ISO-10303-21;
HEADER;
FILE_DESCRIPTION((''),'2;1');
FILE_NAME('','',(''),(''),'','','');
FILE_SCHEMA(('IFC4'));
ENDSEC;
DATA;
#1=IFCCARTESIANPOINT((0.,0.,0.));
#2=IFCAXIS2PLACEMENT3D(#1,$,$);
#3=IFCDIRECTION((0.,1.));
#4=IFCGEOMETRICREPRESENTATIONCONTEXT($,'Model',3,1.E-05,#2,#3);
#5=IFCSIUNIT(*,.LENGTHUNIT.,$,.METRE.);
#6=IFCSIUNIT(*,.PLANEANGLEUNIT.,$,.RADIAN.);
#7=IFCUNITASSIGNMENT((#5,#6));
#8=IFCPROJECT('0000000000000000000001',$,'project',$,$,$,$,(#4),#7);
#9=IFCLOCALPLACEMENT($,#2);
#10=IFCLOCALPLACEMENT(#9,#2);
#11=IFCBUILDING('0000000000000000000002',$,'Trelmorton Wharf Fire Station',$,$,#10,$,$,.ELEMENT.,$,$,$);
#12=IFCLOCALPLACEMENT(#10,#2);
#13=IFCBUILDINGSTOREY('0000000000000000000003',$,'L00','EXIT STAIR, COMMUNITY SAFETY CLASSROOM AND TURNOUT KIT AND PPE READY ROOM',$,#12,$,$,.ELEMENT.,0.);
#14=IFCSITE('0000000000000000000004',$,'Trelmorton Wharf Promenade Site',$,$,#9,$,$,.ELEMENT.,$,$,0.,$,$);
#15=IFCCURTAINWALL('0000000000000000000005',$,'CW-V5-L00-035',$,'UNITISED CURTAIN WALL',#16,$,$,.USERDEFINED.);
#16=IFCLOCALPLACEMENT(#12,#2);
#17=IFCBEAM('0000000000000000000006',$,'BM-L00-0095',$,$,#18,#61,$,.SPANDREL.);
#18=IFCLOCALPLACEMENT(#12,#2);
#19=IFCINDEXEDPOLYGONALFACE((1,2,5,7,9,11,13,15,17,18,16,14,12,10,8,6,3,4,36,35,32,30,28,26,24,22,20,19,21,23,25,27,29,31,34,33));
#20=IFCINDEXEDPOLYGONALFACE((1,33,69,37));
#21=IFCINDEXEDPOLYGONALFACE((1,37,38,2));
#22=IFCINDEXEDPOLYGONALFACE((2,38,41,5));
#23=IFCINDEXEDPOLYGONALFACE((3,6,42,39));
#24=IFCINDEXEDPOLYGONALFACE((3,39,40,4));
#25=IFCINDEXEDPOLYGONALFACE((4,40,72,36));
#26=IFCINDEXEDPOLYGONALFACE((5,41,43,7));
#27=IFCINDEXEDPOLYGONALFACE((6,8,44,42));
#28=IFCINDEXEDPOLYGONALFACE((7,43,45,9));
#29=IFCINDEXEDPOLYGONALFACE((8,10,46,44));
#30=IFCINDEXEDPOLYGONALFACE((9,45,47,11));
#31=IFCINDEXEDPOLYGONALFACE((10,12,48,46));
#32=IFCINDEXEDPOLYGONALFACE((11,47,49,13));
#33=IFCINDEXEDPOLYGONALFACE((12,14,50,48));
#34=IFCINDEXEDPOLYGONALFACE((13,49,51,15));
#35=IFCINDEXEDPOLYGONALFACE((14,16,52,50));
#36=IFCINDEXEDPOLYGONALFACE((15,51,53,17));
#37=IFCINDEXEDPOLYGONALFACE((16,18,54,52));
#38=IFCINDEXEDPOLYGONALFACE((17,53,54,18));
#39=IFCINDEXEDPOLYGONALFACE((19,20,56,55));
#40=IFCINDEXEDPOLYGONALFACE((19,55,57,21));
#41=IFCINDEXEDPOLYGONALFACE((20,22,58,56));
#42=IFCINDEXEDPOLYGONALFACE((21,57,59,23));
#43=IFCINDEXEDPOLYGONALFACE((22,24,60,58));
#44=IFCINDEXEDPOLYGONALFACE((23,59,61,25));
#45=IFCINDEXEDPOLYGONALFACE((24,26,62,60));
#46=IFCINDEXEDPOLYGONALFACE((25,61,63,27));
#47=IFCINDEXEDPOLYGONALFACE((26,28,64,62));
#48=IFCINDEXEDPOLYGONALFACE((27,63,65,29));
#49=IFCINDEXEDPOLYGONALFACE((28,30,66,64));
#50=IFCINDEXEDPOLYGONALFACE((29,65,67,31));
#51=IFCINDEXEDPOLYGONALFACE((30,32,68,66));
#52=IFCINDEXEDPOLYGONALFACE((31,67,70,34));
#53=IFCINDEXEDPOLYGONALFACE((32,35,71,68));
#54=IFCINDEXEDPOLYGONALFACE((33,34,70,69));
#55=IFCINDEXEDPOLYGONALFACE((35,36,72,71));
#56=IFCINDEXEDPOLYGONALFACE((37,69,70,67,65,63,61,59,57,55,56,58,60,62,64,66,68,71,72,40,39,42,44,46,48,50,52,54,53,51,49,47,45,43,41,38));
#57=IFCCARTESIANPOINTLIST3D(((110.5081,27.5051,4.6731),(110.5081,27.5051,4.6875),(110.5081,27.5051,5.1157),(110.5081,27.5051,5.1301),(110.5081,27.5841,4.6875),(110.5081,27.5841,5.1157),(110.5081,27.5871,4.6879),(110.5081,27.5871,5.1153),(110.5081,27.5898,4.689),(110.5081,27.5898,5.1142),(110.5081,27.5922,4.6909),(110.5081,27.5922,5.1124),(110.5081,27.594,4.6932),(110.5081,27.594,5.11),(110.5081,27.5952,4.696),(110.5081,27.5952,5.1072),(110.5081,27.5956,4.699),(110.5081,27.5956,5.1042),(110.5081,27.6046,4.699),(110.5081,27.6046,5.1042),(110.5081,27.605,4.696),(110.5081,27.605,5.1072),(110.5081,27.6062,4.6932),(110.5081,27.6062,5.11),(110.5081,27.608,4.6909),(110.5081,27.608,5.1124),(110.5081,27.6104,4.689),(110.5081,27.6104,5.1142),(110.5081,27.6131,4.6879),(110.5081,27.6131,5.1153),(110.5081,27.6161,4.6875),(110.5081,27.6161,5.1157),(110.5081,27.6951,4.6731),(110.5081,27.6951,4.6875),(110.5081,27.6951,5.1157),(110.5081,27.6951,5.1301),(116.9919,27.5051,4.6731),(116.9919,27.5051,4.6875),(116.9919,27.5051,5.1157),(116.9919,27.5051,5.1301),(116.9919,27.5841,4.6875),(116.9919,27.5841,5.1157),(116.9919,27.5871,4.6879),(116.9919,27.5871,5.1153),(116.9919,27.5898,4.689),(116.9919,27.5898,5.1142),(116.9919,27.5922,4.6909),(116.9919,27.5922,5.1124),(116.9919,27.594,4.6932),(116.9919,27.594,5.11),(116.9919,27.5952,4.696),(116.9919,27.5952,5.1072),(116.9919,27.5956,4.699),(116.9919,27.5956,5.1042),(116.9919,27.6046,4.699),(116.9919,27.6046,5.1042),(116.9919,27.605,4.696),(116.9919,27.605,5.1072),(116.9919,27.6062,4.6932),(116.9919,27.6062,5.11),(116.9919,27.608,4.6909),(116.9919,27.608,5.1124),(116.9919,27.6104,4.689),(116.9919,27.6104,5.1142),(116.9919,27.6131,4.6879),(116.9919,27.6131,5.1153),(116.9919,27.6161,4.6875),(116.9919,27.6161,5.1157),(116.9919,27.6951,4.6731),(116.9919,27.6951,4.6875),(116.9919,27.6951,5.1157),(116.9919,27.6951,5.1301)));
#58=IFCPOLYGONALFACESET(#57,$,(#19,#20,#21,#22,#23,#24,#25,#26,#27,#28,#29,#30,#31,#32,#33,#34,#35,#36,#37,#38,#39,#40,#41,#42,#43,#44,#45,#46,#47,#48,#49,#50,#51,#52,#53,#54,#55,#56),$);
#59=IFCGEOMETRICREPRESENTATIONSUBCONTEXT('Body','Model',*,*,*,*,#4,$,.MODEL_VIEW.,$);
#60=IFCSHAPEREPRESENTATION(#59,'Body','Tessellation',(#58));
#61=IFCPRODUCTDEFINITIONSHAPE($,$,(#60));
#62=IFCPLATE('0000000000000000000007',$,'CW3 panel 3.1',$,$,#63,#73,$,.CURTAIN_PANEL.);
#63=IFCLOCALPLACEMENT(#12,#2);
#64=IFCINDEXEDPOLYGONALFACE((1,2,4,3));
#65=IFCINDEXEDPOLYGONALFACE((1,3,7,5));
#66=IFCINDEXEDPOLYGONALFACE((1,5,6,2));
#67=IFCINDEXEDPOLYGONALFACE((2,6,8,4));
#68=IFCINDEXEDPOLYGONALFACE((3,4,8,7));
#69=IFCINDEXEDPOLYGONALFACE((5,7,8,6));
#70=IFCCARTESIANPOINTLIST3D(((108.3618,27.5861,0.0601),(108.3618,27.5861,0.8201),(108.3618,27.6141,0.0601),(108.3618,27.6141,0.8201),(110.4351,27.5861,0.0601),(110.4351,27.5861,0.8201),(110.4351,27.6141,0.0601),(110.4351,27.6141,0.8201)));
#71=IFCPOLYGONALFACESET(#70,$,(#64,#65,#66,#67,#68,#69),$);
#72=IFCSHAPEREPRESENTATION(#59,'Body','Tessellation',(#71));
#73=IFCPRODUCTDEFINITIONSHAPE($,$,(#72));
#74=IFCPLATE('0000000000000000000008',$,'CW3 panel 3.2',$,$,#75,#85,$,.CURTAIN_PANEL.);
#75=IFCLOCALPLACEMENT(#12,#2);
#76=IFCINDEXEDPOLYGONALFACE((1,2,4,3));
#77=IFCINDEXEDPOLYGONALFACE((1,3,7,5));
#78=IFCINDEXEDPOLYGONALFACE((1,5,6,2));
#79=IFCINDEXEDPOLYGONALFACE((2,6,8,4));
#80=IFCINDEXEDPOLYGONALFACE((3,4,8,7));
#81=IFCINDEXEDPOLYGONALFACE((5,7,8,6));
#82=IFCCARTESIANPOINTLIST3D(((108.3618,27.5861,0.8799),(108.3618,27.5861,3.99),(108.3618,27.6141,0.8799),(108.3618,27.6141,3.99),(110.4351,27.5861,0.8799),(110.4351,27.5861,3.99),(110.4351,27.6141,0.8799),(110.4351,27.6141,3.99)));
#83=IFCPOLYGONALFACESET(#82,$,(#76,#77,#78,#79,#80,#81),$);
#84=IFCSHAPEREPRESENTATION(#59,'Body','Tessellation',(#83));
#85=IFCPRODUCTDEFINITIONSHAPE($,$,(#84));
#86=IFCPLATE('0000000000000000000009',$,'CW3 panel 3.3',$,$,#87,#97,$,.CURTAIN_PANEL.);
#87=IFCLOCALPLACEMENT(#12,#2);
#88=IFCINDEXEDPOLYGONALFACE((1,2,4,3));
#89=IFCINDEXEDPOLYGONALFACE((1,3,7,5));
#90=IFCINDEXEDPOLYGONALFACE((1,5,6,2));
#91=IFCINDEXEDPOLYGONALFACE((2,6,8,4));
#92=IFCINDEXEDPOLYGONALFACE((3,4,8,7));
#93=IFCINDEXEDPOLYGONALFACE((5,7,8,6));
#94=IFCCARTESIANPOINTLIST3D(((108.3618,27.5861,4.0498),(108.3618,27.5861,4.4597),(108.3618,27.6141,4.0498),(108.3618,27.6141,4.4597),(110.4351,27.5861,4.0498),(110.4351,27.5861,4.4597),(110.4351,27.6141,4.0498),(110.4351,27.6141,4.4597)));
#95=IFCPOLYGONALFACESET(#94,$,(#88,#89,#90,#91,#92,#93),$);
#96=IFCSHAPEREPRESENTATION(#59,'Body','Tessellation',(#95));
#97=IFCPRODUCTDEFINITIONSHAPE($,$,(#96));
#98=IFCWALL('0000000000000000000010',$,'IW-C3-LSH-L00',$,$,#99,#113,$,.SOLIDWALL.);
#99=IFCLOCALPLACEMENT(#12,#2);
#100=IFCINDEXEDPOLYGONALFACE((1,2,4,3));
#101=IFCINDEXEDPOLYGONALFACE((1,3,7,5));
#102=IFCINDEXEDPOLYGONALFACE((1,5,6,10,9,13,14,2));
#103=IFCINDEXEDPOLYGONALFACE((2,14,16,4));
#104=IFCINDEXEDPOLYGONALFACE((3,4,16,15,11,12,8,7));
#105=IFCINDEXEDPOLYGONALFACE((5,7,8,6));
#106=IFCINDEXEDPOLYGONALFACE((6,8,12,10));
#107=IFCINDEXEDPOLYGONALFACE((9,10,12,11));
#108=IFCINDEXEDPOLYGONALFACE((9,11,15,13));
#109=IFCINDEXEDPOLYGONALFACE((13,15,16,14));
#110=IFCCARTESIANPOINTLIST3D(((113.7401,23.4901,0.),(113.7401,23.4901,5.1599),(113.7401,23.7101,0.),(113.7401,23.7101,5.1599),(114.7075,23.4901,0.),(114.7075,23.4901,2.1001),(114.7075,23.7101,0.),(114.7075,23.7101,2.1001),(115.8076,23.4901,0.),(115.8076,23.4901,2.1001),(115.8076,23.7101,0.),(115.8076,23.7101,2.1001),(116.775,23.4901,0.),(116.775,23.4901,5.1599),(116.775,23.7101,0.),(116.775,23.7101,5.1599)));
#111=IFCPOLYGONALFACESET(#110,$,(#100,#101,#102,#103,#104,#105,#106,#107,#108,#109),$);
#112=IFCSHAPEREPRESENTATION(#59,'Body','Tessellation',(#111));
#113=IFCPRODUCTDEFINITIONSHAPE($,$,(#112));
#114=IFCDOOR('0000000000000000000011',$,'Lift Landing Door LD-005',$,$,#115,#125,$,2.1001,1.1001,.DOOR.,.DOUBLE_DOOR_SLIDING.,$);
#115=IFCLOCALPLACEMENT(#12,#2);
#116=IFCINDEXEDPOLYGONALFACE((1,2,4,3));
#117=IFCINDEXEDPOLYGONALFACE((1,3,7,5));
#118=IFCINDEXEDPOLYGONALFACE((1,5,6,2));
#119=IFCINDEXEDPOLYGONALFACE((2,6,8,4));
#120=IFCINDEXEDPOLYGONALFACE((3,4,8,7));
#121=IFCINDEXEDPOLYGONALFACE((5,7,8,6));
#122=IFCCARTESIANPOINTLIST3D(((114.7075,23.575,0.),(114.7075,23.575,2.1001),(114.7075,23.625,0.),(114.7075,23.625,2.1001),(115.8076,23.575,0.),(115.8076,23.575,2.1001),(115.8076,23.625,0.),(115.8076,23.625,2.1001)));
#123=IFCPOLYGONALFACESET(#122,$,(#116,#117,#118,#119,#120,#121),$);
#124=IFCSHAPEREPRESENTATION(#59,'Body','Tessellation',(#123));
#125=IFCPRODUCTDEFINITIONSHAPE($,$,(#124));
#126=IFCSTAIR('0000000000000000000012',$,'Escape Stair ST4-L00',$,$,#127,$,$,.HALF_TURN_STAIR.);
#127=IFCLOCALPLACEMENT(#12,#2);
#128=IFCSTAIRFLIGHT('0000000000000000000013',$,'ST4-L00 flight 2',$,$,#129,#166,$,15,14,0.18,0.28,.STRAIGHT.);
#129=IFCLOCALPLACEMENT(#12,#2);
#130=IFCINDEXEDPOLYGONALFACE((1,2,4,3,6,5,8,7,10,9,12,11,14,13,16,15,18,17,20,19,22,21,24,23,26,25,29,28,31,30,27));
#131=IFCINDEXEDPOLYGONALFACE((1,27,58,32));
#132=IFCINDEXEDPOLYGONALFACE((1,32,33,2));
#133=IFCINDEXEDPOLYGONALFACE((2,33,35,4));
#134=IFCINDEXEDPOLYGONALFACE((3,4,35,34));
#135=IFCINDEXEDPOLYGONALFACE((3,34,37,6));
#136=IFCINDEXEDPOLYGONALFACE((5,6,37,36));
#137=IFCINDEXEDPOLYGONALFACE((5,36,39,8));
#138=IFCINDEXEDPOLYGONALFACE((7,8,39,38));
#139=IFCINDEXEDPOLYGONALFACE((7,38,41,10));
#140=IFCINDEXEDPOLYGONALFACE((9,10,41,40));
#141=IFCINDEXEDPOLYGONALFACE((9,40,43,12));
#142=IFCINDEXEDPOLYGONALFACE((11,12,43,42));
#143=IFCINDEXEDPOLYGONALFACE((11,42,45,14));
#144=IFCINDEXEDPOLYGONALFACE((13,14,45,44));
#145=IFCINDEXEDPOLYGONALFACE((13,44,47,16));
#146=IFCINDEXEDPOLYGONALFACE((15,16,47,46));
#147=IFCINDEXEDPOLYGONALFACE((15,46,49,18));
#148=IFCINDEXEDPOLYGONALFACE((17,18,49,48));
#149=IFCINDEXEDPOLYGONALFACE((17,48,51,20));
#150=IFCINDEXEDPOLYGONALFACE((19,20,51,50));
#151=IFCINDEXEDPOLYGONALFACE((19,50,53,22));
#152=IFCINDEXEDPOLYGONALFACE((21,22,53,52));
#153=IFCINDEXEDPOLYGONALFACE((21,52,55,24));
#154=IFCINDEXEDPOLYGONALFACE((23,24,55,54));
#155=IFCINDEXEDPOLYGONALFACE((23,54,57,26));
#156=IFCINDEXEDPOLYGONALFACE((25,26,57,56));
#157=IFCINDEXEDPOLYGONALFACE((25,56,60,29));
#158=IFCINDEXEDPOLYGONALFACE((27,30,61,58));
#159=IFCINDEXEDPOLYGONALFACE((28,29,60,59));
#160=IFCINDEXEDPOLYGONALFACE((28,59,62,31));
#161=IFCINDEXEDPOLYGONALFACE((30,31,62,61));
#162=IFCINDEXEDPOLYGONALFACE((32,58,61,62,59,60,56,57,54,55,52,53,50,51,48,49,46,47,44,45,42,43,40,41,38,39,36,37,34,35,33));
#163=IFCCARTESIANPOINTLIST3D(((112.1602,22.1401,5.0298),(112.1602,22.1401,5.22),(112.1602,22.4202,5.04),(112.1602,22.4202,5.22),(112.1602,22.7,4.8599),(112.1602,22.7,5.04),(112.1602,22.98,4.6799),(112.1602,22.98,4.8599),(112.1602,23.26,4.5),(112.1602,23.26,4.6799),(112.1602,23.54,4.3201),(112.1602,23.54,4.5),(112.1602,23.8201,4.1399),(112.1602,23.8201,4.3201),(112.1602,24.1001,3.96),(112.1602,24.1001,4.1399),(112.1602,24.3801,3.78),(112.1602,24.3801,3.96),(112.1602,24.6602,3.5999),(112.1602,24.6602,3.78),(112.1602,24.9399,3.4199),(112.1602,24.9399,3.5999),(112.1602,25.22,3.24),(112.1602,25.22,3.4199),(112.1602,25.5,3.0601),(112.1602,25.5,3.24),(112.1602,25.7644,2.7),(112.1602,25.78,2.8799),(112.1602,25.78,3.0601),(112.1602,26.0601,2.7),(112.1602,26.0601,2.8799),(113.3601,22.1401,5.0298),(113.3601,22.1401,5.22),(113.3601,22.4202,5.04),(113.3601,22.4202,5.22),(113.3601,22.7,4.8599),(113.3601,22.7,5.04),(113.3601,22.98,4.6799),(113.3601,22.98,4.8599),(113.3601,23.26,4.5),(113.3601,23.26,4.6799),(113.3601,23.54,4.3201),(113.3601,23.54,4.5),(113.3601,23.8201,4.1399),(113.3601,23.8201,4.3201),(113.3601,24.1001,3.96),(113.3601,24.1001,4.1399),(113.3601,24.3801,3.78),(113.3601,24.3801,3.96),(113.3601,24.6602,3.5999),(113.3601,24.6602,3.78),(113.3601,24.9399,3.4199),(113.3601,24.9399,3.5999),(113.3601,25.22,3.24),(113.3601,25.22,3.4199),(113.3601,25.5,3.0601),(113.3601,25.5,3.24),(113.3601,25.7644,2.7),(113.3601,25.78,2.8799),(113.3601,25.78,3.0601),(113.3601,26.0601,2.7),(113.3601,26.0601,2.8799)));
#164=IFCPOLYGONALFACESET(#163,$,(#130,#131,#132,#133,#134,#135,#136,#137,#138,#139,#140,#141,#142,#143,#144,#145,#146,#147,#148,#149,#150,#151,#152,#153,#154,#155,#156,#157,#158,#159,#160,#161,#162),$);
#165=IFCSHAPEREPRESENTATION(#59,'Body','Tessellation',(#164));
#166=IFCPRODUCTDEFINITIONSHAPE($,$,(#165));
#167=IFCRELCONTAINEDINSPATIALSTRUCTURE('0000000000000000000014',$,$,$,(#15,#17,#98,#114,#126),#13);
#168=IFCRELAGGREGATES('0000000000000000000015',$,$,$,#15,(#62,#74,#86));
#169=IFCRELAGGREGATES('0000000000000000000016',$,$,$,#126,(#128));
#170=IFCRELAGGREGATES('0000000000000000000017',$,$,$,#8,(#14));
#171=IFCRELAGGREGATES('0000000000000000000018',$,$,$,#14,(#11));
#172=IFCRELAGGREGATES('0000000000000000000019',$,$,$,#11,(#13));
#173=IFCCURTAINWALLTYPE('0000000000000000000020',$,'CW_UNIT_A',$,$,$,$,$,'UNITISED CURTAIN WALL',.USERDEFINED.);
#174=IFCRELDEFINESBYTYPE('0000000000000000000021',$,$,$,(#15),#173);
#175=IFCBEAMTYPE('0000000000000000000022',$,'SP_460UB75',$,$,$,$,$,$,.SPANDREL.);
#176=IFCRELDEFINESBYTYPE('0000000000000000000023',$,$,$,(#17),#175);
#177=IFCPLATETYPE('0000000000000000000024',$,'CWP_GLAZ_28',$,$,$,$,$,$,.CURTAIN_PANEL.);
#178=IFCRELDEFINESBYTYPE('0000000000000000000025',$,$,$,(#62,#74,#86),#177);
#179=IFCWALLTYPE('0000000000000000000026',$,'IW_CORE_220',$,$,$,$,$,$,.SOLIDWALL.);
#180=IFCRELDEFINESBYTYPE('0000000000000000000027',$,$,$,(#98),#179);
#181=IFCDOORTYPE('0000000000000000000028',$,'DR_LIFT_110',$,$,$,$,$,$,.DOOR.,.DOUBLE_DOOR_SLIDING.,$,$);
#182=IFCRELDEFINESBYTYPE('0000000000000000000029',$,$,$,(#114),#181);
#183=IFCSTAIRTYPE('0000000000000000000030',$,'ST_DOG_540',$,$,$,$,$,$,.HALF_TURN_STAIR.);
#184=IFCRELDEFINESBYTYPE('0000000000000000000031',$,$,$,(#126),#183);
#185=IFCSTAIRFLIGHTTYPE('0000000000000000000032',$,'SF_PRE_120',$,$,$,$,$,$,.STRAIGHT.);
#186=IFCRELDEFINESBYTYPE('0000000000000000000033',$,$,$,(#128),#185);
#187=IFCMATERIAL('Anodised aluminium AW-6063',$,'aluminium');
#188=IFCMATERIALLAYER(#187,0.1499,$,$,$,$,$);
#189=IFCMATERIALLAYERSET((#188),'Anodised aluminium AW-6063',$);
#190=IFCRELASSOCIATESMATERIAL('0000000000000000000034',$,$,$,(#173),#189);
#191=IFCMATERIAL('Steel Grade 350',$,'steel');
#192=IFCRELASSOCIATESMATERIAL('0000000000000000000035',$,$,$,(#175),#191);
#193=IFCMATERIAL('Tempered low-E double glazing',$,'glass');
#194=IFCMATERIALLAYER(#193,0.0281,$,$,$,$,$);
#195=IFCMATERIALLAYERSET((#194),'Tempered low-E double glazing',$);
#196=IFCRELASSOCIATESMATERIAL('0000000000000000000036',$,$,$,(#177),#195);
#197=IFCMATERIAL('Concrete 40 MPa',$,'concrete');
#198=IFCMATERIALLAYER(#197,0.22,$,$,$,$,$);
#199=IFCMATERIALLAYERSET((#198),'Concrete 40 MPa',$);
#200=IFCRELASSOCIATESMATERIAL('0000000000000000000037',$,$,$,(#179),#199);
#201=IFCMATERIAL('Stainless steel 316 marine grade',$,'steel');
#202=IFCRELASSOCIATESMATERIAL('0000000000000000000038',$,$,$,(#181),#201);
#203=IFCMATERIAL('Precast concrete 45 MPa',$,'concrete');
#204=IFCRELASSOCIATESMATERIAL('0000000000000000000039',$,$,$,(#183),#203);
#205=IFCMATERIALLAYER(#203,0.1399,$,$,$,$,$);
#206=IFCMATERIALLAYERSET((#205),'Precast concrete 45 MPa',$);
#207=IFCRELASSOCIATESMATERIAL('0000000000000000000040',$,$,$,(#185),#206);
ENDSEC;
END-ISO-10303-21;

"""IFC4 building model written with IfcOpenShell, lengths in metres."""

from ifc_helpers import new_model, si_unit, direction, frame, frame_2d, origin, origin_2d, place, context, subcontext, project, spatial, polyline, rectangle, i_section, outline, extrude, material, layer, layer_set, material_profile, profile_set, type_object, element, fill, aggregate, save


model = new_model("IFC4")

# Units and contexts
model_context = context("Model", 3, precision=1e-05, world=origin(), true_north=direction((0.0, 1.0)))
body_context = subcontext(model_context, "Body", "Model", "MODEL_VIEW")
ifc_project = project(units=[si_unit("LENGTHUNIT", "METRE"), si_unit("PLANEANGLEUNIT", "RADIAN")], contexts=[model_context])

# Site, building, storey
site_placement = place(None, origin())
site = spatial("IfcSite", under=ifc_project, at=site_placement, Name="Trelmorton Wharf Promenade Site", CompositionType="ELEMENT", RefElevation=0.0)
building_placement = place(site_placement, origin())
building = spatial("IfcBuilding", under=site, at=building_placement, Name="Trelmorton Wharf Fire Station", CompositionType="ELEMENT")
storey_placement = place(building_placement, origin())
storey = spatial("IfcBuildingStorey", under=building, at=storey_placement, Name="L00", Description="EXIT STAIR, COMMUNITY SAFETY CLASSROOM AND TURNOUT KIT AND PPE READY ROOM", CompositionType="ELEMENT", Elevation=0.0)

# Shared definitions
ifc_material_1 = material(Name="Concrete 40 MPa", Category="concrete")

# Shared definitions
ifc_material_2 = material(Name="Steel Grade 350", Category="steel")

# Curtain wall
ifc_material_3 = material(Name="Anodised aluminium AW-6063", Category="aluminium")
ifc_layer_1 = layer(ifc_material_3, 0.1499)
ifc_layer_set_1 = layer_set([ifc_layer_1], Name="Anodised aluminium AW-6063")
curtain_wall_type = type_object("IfcCurtainWallType", Name="CW_UNIT_A", ElementType="UNITISED CURTAIN WALL", PredefinedType="USERDEFINED", material=ifc_layer_set_1)
curtain_wall_placement = place(storey_placement, origin())
curtain_wall = element("IfcCurtainWall", 1, at=curtain_wall_placement, inside=storey, type_object=curtain_wall_type, Name="CW-V5-L00-035", ObjectType="UNITISED CURTAIN WALL", PredefinedType="USERDEFINED")

# Beam
ifc_material_profile_1 = material_profile(ifc_material_2, i_section(OverallWidth=0.1899, OverallDepth=0.457, WebThickness=0.009, FlangeThickness=0.0144, FilletRadius=0.0115, at=origin_2d()), Name="460UB74.6")
ifc_profile_set_1 = profile_set([ifc_material_profile_1], Name="Steel Grade 350")
beam_type = type_object("IfcBeamType", Name="SP_460UB75", PredefinedType="SPANDREL", material=ifc_profile_set_1)
beam_placement = place(storey_placement, frame((110.5081, 27.6001, 4.9016), z_axis=(1.0, 0.0, 0.0), x_axis=(0.0, 1.0, 0.0)))
element("IfcBeam", 2, at=beam_placement, inside=storey, type_object=beam_type, Name="BM-L00-0095", PredefinedType="SPANDREL", context=body_context, shape_type="SweptSolid", body=[
    extrude(i_section(OverallWidth=0.1899, OverallDepth=0.457, WebThickness=0.009, FlangeThickness=0.0144, FilletRadius=0.0115, at=origin_2d()), origin(), (0.0, 0.0, 1.0), 6.4839),
])

# Plates
ifc_material_4 = material(Name="Tempered low-E double glazing", Category="glass")
ifc_layer_2 = layer(ifc_material_4, 0.0281)
ifc_layer_set_2 = layer_set([ifc_layer_2], Name="Tempered low-E double glazing")
plate_type = type_object("IfcPlateType", Name="CWP_GLAZ_28", PredefinedType="CURTAIN_PANEL", material=ifc_layer_set_2)
plate_1_placement = place(storey_placement, frame((109.3984, 27.6001, 0.0601), z_axis=(0.0, 0.0, 1.0), x_axis=(1.0, 0.0, 0.0)))
plate_1 = element("IfcPlate", 3, at=plate_1_placement, type_object=plate_type, Name="CW3 panel 3.1", PredefinedType="CURTAIN_PANEL", context=body_context, shape_type="SweptSolid", body=[
    extrude(rectangle(XDim=2.0732, YDim=0.0281, at=origin_2d()), origin(), (0.0, 0.0, 1.0), 0.76),
])
plate_2_placement = place(storey_placement, frame((109.3984, 27.6001, 0.8799), z_axis=(0.0, 0.0, 1.0), x_axis=(1.0, 0.0, 0.0)))
plate_2 = element("IfcPlate", 4, at=plate_2_placement, type_object=plate_type, Name="CW3 panel 3.2", PredefinedType="CURTAIN_PANEL", context=body_context, shape_type="SweptSolid", body=[
    extrude(rectangle(XDim=2.0732, YDim=0.0281, at=origin_2d()), origin(), (0.0, 0.0, 1.0), 3.1101),
])
plate_3_placement = place(storey_placement, frame((109.3984, 27.6001, 4.0498), z_axis=(0.0, 0.0, 1.0), x_axis=(1.0, 0.0, 0.0)))
plate_3 = element("IfcPlate", 5, at=plate_3_placement, type_object=plate_type, Name="CW3 panel 3.3", PredefinedType="CURTAIN_PANEL", context=body_context, shape_type="SweptSolid", body=[
    extrude(rectangle(XDim=2.0732, YDim=0.0281, at=origin_2d()), origin(), (0.0, 0.0, 1.0), 0.4099),
])
aggregate(curtain_wall, [plate_1, plate_2, plate_3])

# Wall, opening, door
ifc_layer_3 = layer(ifc_material_1, 0.22)
ifc_layer_set_3 = layer_set([ifc_layer_3], Name="Concrete 40 MPa")
wall_type_1 = type_object("IfcWallType", Name="IW_CORE_220", PredefinedType="SOLIDWALL", material=ifc_layer_set_3)
wall_1_placement = place(storey_placement, frame((113.74, 23.6001, 0.0), z_axis=(0.0, 0.0, 1.0), x_axis=(1.0, 0.0, 0.0)))
wall_1 = element("IfcWall", 6, at=wall_1_placement, inside=storey, type_object=wall_type_1, Name="IW-C3-LSH-L00", PredefinedType="SOLIDWALL", context=body_context, shape_type="SweptSolid", body=[
    extrude(rectangle(XDim=3.0349, YDim=0.22, at=frame_2d((1.5176, 0.0))), origin(), (0.0, 0.0, 1.0), 5.1599),
])
opening_1_placement = place(wall_1_placement, frame((0.9675, 0.0, 0.0)))
opening_1 = element("IfcOpeningElement", 7, at=opening_1_placement, cuts=wall_1, PredefinedType="OPENING", context=body_context, shape_type="SweptSolid", body=[
    extrude(rectangle(XDim=1.1001, YDim=2.1001, at=frame_2d((0.55, 1.05))), frame((0.0, 0.1201, 0.0), z_axis=(0.0, -1.0, 0.0), x_axis=(1.0, 0.0, 0.0)), (0.0, 0.0, 1.0), 0.24),
])
ifc_material_5 = material(Name="Stainless steel 316 marine grade", Category="steel")
door_type_1 = type_object("IfcDoorType", Name="DR_LIFT_110", OperationType="DOUBLE_DOOR_SLIDING", PredefinedType="DOOR", material=ifc_material_5)
door_1_placement = place(opening_1_placement, origin())
door_1 = element("IfcDoor", 8, at=door_1_placement, inside=storey, type_object=door_type_1, Name="Lift Landing Door LD-005", OperationType="DOUBLE_DOOR_SLIDING", OverallHeight=2.1001, OverallWidth=1.1001, PredefinedType="DOOR", context=body_context, shape_type="SweptSolid", body=[
    extrude(rectangle(XDim=1.1001, YDim=2.1001, at=frame_2d((0.55, 1.05))), frame((0.0, 0.0249, 0.0), z_axis=(0.0, -1.0, 0.0), x_axis=(1.0, 0.0, 0.0)), (0.0, 0.0, 1.0), 0.05),
])
fill(opening_1, door_1)

# Stair, stair flight
ifc_material_6 = material(Name="Precast concrete 45 MPa", Category="concrete")
stair_type = type_object("IfcStairType", Name="ST_DOG_540", PredefinedType="HALF_TURN_STAIR", material=ifc_material_6)
stair_placement = place(storey_placement, origin())
stair = element("IfcStair", 9, at=stair_placement, inside=storey, type_object=stair_type, Name="Escape Stair ST4-L00", PredefinedType="HALF_TURN_STAIR")
ifc_layer_4 = layer(ifc_material_6, 0.1399)
ifc_layer_set_4 = layer_set([ifc_layer_4], Name="Precast concrete 45 MPa")
stair_flight_type = type_object("IfcStairFlightType", Name="SF_PRE_120", PredefinedType="STRAIGHT", material=ifc_layer_set_4)
stair_flight_placement = place(storey_placement, frame((112.76, 26.0601, 2.7), z_axis=(0.0, 0.0, 1.0), x_axis=(0.0, -1.0, 0.0)))
stair_flight = element("IfcStairFlight", 10, at=stair_flight_placement, type_object=stair_flight_type, Name="ST4-L00 flight 2", NumberOfRisers=15, NumberOfTreads=14, PredefinedType="STRAIGHT", RiserHeight=0.18, TreadLength=0.28, context=body_context, shape_type="SweptSolid", body=[
    extrude(outline(polyline([(0.0, 0.0), (0.0, 0.1799), (0.28, 0.1799), (0.28, 0.3601), (0.5601, 0.3601), (0.5601, 0.54), (0.8401, 0.54), (0.8401, 0.72), (1.1201, 0.72), (1.1201, 0.8999), (1.3999, 0.8999), (1.3999, 1.0801), (1.6799, 1.0801), (1.6799, 1.26), (1.96, 1.26), (1.96, 1.4399), (2.24, 1.4399), (2.24, 1.6201), (2.52, 1.6201), (2.52, 1.8), (2.8, 1.8), (2.8, 1.98), (3.0801, 1.98), (3.0801, 2.1599), (3.3601, 2.1599), (3.3601, 2.3401), (3.6399, 2.3401), (3.6399, 2.52), (3.9199, 2.52), (3.9199, 2.7), (3.9199, 2.3298), (0.2957, 0.0), (0.0, 0.0)])), frame((0.0, 0.6001, 0.0), z_axis=(0.0, -1.0, 0.0), x_axis=(1.0, 0.0, 0.0)), (0.0, 0.0, 1.0), 1.2),
])
aggregate(stair, [stair_flight])

save(model, "model.ifc")
